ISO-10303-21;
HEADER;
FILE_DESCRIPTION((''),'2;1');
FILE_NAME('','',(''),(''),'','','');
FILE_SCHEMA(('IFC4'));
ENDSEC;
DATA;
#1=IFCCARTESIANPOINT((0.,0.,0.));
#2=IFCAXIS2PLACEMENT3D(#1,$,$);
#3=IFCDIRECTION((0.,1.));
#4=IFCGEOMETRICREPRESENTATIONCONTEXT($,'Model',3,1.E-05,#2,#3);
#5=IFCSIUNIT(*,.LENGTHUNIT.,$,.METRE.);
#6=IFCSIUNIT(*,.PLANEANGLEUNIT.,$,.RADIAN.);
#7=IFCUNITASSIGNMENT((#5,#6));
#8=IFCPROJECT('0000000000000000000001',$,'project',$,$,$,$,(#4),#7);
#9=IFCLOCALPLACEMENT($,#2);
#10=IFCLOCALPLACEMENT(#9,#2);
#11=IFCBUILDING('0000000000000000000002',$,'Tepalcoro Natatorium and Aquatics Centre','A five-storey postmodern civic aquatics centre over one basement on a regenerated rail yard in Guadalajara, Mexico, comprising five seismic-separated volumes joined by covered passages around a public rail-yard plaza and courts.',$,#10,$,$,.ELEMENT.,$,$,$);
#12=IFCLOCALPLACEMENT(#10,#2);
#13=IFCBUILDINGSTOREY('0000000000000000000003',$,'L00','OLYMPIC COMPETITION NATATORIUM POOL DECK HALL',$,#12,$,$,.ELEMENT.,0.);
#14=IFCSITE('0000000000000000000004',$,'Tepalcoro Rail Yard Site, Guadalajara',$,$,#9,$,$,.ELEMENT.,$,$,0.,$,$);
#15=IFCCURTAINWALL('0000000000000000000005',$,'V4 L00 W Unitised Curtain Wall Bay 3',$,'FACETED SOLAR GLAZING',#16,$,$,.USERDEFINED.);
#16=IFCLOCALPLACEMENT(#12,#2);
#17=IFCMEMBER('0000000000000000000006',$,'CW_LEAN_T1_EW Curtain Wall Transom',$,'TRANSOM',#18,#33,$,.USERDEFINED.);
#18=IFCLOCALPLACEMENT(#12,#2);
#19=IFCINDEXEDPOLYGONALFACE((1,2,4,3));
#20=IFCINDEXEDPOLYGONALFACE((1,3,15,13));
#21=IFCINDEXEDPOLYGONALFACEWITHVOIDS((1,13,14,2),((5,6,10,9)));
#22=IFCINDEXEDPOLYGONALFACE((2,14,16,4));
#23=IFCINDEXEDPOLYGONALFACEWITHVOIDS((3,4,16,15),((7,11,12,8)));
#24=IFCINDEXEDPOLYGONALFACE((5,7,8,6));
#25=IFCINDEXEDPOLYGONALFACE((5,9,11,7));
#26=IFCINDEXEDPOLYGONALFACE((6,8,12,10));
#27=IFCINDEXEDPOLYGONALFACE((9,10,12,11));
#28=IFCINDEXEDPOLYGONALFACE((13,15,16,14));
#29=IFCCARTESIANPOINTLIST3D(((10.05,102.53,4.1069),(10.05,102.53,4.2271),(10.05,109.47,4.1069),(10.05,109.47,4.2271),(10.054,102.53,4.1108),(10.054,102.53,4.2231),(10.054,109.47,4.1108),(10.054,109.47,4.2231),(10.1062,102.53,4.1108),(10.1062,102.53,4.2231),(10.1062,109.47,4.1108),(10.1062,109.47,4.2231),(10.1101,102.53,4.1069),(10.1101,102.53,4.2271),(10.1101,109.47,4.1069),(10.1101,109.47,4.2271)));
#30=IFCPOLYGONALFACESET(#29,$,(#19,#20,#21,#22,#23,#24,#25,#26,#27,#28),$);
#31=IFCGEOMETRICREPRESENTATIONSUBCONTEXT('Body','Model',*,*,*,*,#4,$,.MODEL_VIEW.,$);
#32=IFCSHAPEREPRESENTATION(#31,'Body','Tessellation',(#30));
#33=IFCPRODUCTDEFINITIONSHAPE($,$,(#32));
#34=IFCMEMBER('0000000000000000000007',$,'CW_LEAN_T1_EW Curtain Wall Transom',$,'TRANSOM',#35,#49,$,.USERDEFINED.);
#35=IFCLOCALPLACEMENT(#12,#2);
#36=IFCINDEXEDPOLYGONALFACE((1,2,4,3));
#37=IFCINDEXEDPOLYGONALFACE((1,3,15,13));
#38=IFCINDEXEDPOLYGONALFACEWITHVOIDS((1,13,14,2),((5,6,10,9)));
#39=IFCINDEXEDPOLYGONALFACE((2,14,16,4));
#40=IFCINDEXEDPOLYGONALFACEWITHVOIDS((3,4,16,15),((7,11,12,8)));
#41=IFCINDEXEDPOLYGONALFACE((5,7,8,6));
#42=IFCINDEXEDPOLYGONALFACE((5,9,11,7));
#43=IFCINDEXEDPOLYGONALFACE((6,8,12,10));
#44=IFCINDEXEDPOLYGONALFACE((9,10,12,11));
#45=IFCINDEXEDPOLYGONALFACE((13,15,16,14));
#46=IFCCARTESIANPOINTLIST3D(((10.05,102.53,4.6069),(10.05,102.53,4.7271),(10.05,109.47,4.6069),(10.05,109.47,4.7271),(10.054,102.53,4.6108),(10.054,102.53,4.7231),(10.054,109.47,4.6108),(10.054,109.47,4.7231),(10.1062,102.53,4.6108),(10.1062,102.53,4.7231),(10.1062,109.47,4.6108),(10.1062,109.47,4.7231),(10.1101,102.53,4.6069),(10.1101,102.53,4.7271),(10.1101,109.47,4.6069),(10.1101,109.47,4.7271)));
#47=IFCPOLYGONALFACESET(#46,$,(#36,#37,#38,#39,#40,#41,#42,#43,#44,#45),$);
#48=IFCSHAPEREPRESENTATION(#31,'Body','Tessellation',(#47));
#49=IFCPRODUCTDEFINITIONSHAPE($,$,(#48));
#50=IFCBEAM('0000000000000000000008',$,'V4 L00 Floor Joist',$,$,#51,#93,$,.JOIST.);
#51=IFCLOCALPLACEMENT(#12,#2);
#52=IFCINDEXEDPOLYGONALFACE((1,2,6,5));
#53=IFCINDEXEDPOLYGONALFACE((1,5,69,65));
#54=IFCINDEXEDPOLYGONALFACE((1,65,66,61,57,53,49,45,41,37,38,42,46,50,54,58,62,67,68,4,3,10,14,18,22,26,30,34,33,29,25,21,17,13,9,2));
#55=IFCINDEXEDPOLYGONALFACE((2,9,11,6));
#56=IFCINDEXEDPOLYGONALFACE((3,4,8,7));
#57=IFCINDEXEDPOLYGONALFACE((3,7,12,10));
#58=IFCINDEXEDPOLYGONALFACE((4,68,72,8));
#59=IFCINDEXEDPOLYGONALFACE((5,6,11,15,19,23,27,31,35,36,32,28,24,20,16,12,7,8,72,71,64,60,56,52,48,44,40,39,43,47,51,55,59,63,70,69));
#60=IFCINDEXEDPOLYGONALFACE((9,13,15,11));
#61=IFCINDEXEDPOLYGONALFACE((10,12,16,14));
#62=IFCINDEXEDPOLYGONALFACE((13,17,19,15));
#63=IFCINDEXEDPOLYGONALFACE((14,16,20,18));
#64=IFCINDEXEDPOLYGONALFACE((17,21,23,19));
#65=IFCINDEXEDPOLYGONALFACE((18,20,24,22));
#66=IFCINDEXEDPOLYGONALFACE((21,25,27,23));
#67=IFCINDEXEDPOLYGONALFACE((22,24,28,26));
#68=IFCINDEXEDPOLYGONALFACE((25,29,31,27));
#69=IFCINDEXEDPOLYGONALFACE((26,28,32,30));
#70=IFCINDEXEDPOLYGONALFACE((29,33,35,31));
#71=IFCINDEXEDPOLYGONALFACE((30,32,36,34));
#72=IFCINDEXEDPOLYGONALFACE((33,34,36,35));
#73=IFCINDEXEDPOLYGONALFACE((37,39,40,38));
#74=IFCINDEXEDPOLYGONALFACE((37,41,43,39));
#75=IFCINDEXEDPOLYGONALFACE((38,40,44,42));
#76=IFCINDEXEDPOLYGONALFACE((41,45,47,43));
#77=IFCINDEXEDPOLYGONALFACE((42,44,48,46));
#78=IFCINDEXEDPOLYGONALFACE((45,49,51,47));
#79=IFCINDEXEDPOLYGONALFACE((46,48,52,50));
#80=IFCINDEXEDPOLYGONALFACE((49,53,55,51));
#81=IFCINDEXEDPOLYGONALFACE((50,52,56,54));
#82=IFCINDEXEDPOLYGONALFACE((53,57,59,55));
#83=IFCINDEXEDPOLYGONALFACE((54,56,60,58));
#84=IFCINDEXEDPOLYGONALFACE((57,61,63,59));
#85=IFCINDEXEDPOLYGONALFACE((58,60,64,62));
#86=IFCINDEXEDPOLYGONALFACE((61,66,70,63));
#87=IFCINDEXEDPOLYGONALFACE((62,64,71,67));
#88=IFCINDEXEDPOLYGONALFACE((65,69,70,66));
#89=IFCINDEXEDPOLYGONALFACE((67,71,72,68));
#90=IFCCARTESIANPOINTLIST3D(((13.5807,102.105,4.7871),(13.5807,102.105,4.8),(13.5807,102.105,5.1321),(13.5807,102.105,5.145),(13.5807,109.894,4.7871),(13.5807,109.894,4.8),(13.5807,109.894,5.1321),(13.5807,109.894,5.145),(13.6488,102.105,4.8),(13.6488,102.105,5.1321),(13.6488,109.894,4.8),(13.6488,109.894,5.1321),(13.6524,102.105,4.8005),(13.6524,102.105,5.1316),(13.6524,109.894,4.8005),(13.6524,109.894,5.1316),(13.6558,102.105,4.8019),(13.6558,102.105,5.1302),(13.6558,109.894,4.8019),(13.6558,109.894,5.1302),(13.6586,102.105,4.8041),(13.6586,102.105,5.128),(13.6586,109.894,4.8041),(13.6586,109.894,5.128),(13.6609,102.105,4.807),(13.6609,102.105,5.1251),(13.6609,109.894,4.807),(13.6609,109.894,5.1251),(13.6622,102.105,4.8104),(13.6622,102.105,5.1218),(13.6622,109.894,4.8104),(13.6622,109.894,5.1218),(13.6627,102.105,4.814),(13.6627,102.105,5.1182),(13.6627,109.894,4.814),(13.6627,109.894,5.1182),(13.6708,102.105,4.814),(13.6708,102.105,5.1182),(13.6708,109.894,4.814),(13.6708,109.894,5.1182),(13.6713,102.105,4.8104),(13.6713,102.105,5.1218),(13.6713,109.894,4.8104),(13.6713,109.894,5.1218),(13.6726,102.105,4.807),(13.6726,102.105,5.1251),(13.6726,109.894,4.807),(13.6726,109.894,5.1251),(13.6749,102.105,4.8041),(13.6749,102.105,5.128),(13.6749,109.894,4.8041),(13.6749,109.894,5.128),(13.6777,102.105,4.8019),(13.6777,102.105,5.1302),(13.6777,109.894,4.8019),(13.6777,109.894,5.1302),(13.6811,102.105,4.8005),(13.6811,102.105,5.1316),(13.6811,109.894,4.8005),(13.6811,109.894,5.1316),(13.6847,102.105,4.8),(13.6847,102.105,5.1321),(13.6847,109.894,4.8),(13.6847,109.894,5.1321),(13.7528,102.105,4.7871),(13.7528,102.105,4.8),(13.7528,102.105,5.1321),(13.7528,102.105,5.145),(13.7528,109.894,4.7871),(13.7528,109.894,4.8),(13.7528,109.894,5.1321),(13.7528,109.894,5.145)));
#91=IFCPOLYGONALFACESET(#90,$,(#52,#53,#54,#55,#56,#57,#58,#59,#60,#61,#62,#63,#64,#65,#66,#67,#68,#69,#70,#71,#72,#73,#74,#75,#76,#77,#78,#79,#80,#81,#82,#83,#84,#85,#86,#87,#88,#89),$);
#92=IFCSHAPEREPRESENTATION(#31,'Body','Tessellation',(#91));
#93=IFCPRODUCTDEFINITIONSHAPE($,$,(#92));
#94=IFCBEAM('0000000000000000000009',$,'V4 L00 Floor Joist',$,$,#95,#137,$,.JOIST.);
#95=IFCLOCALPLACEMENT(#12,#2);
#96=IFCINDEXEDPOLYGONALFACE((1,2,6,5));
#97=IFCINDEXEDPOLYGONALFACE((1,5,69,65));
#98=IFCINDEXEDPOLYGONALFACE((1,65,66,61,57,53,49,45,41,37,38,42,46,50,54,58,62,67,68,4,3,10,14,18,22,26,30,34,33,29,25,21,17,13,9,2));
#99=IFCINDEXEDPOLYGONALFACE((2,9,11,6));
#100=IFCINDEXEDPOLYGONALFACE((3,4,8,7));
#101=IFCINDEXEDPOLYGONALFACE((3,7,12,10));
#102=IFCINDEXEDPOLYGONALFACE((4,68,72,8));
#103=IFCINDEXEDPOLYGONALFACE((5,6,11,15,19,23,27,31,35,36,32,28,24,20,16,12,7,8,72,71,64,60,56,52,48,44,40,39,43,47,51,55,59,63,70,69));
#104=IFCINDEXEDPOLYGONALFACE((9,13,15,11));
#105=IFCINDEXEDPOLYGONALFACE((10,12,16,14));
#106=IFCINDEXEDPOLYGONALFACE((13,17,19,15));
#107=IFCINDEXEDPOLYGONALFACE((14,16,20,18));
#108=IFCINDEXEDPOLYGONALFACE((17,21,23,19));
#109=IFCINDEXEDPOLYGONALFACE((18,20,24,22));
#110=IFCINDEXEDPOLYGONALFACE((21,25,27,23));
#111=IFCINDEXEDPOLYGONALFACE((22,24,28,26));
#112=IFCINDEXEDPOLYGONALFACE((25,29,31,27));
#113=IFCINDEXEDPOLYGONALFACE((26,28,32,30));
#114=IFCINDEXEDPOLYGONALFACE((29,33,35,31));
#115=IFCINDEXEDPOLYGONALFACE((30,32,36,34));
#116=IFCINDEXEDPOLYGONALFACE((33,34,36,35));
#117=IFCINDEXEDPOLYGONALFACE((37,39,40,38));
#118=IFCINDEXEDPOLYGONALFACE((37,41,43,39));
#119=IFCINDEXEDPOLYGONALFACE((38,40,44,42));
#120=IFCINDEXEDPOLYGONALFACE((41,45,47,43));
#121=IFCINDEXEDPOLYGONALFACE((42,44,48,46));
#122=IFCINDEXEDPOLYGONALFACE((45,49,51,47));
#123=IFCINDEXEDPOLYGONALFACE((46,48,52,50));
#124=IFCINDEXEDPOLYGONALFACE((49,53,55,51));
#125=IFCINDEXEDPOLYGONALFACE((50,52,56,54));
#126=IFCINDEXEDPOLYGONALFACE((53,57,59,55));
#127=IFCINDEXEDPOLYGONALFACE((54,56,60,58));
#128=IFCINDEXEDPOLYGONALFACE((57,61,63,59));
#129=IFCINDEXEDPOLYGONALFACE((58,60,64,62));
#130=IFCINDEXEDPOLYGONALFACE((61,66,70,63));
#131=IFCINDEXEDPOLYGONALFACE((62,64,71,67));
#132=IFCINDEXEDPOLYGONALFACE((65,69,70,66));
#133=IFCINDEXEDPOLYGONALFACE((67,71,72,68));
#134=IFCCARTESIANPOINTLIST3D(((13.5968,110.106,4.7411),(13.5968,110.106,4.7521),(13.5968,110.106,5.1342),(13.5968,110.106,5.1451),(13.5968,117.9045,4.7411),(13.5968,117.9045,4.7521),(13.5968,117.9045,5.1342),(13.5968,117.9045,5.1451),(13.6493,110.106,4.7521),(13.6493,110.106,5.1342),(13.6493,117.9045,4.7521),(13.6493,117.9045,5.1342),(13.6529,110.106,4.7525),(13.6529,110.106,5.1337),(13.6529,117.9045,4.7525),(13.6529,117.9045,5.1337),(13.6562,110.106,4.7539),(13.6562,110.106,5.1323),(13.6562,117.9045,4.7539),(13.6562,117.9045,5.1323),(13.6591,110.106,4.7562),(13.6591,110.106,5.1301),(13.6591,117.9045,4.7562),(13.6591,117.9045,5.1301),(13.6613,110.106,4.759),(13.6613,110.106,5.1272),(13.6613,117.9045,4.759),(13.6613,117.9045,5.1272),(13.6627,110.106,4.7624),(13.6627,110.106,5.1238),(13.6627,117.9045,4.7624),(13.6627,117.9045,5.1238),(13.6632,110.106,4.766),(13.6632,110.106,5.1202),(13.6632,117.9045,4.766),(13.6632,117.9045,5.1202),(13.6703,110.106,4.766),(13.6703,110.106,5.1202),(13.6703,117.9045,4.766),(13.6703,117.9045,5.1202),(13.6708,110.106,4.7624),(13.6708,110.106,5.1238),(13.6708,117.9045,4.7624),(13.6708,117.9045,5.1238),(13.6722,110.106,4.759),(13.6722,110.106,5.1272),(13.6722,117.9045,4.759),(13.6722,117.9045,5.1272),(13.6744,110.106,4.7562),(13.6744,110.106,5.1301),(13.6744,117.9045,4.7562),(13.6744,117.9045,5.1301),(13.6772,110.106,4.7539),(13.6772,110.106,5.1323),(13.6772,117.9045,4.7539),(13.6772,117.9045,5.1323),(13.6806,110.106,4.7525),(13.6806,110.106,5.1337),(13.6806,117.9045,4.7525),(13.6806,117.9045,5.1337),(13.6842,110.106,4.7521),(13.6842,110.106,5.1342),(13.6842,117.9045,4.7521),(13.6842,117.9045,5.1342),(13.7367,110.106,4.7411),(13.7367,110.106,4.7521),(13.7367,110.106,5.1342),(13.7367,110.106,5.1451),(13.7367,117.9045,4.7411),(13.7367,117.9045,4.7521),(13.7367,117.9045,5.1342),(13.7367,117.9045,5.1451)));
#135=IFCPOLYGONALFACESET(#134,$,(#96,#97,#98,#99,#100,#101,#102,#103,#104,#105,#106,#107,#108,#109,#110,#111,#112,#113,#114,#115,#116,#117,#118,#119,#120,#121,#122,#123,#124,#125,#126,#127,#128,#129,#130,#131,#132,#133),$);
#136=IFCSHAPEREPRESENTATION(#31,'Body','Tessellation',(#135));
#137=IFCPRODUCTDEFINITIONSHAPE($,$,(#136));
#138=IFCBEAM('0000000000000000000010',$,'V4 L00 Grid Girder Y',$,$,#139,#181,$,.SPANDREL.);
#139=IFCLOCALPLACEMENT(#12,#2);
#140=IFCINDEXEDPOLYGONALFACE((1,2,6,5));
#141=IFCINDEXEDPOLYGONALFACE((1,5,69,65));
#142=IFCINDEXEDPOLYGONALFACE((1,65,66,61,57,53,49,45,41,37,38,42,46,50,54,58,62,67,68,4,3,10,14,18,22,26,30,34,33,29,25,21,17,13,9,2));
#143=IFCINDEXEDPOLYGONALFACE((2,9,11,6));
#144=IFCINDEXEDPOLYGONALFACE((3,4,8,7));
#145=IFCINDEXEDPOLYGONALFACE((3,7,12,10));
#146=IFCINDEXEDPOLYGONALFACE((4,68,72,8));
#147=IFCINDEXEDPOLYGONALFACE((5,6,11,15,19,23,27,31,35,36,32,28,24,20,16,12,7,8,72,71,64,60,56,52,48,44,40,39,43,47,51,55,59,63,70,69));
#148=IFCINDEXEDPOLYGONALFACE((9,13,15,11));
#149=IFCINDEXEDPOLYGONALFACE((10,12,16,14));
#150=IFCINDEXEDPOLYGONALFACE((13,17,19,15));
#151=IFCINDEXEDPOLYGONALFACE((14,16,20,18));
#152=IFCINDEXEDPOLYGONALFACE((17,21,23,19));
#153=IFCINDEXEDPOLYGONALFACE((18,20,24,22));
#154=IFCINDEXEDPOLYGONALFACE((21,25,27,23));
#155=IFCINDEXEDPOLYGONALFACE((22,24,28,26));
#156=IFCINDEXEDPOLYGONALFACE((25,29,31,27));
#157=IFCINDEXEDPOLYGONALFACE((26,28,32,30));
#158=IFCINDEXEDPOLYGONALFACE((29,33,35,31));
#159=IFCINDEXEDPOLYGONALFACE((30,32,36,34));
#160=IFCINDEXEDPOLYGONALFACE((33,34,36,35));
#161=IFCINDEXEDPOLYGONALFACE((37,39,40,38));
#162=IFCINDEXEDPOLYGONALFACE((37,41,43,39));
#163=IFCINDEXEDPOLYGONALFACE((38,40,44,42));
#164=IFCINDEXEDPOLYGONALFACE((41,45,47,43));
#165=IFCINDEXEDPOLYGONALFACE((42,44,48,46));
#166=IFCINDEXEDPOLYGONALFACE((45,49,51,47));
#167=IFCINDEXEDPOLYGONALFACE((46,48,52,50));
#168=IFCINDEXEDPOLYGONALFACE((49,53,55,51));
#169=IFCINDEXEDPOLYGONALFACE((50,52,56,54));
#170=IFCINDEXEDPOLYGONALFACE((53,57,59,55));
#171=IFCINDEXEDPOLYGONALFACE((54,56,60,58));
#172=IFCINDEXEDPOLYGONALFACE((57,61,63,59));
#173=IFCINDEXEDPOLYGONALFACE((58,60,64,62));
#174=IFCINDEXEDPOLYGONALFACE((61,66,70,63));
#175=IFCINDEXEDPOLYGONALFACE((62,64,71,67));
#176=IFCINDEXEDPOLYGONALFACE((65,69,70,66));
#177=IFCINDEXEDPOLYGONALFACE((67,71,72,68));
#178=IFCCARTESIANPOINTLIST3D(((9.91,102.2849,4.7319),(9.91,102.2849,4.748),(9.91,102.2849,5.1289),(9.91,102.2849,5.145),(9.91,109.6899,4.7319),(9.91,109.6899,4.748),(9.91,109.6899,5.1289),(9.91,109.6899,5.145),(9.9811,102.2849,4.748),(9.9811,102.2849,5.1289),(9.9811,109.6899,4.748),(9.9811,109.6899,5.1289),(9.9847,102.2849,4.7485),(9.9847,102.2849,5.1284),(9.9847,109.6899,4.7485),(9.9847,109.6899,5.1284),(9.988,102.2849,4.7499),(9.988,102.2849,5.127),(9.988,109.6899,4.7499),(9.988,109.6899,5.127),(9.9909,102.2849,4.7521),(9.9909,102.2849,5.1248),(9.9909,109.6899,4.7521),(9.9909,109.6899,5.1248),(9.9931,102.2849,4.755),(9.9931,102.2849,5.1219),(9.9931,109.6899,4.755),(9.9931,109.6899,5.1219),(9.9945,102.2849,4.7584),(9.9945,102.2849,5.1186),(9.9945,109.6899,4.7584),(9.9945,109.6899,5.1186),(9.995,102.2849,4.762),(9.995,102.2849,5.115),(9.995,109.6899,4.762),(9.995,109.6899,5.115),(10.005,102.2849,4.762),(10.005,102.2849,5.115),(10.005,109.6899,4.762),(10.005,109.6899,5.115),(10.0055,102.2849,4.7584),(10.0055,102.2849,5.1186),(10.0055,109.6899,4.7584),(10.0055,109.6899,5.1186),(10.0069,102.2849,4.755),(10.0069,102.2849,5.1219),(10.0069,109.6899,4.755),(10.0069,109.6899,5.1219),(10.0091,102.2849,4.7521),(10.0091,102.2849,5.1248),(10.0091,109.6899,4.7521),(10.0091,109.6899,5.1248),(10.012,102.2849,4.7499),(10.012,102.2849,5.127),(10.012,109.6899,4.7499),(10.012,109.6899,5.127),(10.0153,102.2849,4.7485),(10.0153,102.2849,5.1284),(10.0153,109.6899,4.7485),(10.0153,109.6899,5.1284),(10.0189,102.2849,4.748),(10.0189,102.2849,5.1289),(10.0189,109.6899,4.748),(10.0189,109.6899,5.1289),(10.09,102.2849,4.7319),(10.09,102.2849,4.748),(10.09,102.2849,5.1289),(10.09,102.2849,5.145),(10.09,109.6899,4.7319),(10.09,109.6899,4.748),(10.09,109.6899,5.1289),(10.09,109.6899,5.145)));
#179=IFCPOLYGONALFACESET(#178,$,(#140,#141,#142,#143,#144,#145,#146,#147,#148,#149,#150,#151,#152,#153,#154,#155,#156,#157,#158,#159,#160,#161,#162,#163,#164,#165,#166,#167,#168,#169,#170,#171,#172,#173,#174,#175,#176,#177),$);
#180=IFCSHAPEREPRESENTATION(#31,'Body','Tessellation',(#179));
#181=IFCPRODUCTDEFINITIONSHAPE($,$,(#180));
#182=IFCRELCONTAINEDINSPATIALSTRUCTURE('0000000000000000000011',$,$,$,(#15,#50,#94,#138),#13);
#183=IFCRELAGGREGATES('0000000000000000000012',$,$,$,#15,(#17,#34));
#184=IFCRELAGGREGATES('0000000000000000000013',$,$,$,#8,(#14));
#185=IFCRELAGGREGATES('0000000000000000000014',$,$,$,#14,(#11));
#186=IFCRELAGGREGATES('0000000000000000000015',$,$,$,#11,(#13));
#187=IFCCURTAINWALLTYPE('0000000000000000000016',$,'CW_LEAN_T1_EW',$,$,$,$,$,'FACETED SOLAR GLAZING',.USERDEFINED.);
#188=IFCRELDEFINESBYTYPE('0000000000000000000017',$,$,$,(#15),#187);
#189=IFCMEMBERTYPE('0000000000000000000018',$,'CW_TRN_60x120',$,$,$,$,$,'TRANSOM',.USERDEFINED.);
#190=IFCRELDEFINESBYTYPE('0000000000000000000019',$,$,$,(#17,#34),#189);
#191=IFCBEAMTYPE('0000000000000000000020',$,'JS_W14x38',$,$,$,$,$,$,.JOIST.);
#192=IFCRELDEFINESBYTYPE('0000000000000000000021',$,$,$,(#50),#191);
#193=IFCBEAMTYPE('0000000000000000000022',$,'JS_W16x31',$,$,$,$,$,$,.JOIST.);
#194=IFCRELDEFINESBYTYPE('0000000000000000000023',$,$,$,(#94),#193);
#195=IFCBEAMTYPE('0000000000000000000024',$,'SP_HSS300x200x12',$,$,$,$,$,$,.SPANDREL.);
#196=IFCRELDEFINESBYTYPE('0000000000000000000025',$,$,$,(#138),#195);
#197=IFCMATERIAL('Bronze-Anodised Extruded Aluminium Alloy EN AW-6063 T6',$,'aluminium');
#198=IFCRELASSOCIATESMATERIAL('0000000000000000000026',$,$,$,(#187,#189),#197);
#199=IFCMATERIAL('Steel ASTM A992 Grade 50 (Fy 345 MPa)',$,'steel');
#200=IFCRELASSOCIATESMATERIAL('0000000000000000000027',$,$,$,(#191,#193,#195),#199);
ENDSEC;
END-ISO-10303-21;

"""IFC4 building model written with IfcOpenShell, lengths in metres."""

from ifc_helpers import new_model, si_unit, direction, frame, origin, origin_2d, place, context, subcontext, project, spatial, hollow_rectangle, i_section, extrude, material, material_profile, profile_set, type_object, element, aggregate, save


model = new_model("IFC4")

# Units and contexts
model_context = context("Model", 3, precision=1e-05, world=origin(), true_north=direction((0.0, 1.0)))
body_context = subcontext(model_context, "Body", "Model", "MODEL_VIEW")
ifc_project = project(units=[si_unit("LENGTHUNIT", "METRE"), si_unit("PLANEANGLEUNIT", "RADIAN")], contexts=[model_context])

# Site, building, storey
site_placement = place(None, origin())
site = spatial("IfcSite", under=ifc_project, at=site_placement, Name="Tepalcoro Rail Yard Site, Guadalajara", CompositionType="ELEMENT", RefElevation=0.0)
building_placement = place(site_placement, origin())
building = spatial("IfcBuilding", under=site, at=building_placement, Name="Tepalcoro Natatorium and Aquatics Centre", Description="A five-storey postmodern civic aquatics centre over one basement on a regenerated rail yard in Guadalajara, Mexico, comprising five seismic-separated volumes joined by covered passages around a public rail-yard plaza and courts.", CompositionType="ELEMENT")
storey_placement = place(building_placement, origin())
storey = spatial("IfcBuildingStorey", under=building, at=storey_placement, Name="L00", Description="OLYMPIC COMPETITION NATATORIUM POOL DECK HALL", CompositionType="ELEMENT", Elevation=0.0)

# Shared definitions
ifc_material_1 = material(Name="Steel ASTM A992 Grade 50 (Fy 345 MPa)", Category="steel")

# Curtain wall, members
ifc_material_2 = material(Name="Bronze-Anodised Extruded Aluminium Alloy EN AW-6063 T6", Category="aluminium")
curtain_wall_type = type_object("IfcCurtainWallType", Name="CW_LEAN_T1_EW", ElementType="FACETED SOLAR GLAZING", PredefinedType="USERDEFINED", material=ifc_material_2)
curtain_wall_placement = place(storey_placement, origin())
curtain_wall = element("IfcCurtainWall", 1, at=curtain_wall_placement, inside=storey, type_object=curtain_wall_type, Name="V4 L00 W Unitised Curtain Wall Bay 3", ObjectType="FACETED SOLAR GLAZING", PredefinedType="USERDEFINED")
ifc_material_profile_1 = material_profile(ifc_material_2, hollow_rectangle(XDim=0.0601, YDim=0.1201, WallThickness=0.0039, at=origin_2d()), Name="AL60X120X4")
ifc_profile_set_1 = profile_set([ifc_material_profile_1], Name="Bronze-Anodised Extruded Aluminium Alloy EN AW-6063 T6")
member_type_1 = type_object("IfcMemberType", Name="CW_TRN_60x120", ElementType="TRANSOM", PredefinedType="USERDEFINED", material=ifc_profile_set_1)
member_1_placement = place(storey_placement, frame((10.0801, 102.53, 4.167), z_axis=(0.0, 1.0, 0.0), x_axis=(-1.0, 0.0, 0.0)))
member_1 = element("IfcMember", 2, at=member_1_placement, type_object=member_type_1, Name="CW_LEAN_T1_EW Curtain Wall Transom", ObjectType="TRANSOM", PredefinedType="USERDEFINED", context=body_context, shape_type="SweptSolid", body=[
    extrude(hollow_rectangle(XDim=0.0601, YDim=0.1201, WallThickness=0.0039, at=origin_2d()), origin(), (0.0, 0.0, 1.0), 6.9399),
])
member_2_placement = place(storey_placement, frame((10.0801, 102.53, 4.667), z_axis=(0.0, 1.0, 0.0), x_axis=(-1.0, 0.0, 0.0)))
member_2 = element("IfcMember", 3, at=member_2_placement, type_object=member_type_1, Name="CW_LEAN_T1_EW Curtain Wall Transom", ObjectType="TRANSOM", PredefinedType="USERDEFINED", context=body_context, shape_type="SweptSolid", body=[
    extrude(hollow_rectangle(XDim=0.0601, YDim=0.1201, WallThickness=0.0039, at=origin_2d()), origin(), (0.0, 0.0, 1.0), 6.9399),
])

# Beams
ifc_material_profile_2 = material_profile(ifc_material_1, i_section(OverallWidth=0.1721, OverallDepth=0.3579, WebThickness=0.0081, FlangeThickness=0.0129, FilletRadius=0.0139, at=origin_2d()), Name="W14X38")
ifc_profile_set_2 = profile_set([ifc_material_profile_2], Name="Steel ASTM A992 Grade 50 (Fy 345 MPa)")
beam_type_1 = type_object("IfcBeamType", Name="JS_W14x38", PredefinedType="JOIST", material=ifc_profile_set_2)
beam_1_placement = place(storey_placement, frame((13.6667, 102.105, 4.9661), z_axis=(0.0, 1.0, 0.0), x_axis=(-1.0, 0.0, 0.0)))
element("IfcBeam", 4, at=beam_1_placement, inside=storey, type_object=beam_type_1, Name="V4 L00 Floor Joist", PredefinedType="JOIST", context=body_context, shape_type="SweptSolid", body=[
    extrude(i_section(OverallWidth=0.1721, OverallDepth=0.3579, WebThickness=0.0081, FlangeThickness=0.0129, FilletRadius=0.0139, at=origin_2d()), origin(), (0.0, 0.0, 1.0), 7.7891),
])
ifc_material_profile_3 = material_profile(ifc_material_1, i_section(OverallWidth=0.1399, OverallDepth=0.4041, WebThickness=0.0071, FlangeThickness=0.011, FilletRadius=0.0139, at=origin_2d()), Name="W16X31")
ifc_profile_set_3 = profile_set([ifc_material_profile_3], Name="Steel ASTM A992 Grade 50 (Fy 345 MPa)")
beam_type_2 = type_object("IfcBeamType", Name="JS_W16x31", PredefinedType="JOIST", material=ifc_profile_set_3)
beam_2_placement = place(storey_placement, frame((13.6667, 110.106, 4.9431), z_axis=(0.0, 1.0, 0.0), x_axis=(-1.0, 0.0, 0.0)))
element("IfcBeam", 5, at=beam_2_placement, inside=storey, type_object=beam_type_2, Name="V4 L00 Floor Joist", PredefinedType="JOIST", context=body_context, shape_type="SweptSolid", body=[
    extrude(i_section(OverallWidth=0.1399, OverallDepth=0.4041, WebThickness=0.0071, FlangeThickness=0.011, FilletRadius=0.0139, at=origin_2d()), origin(), (0.0, 0.0, 1.0), 7.7986),
])
ifc_material_profile_4 = material_profile(ifc_material_1, i_section(OverallWidth=0.1799, OverallDepth=0.4131, WebThickness=0.01, FlangeThickness=0.0161, FilletRadius=0.0139, at=origin_2d()), Name="W16X50")
ifc_profile_set_4 = profile_set([ifc_material_profile_4], Name="Steel ASTM A992 Grade 50 (Fy 345 MPa)")
beam_type_3 = type_object("IfcBeamType", Name="SP_HSS300x200x12", PredefinedType="SPANDREL", material=ifc_profile_set_4)
beam_3_placement = place(storey_placement, frame((10.0, 102.2849, 4.9385), z_axis=(0.0, 1.0, 0.0), x_axis=(-1.0, 0.0, 0.0)))
element("IfcBeam", 6, at=beam_3_placement, inside=storey, type_object=beam_type_3, Name="V4 L00 Grid Girder Y", PredefinedType="SPANDREL", context=body_context, shape_type="SweptSolid", body=[
    extrude(i_section(OverallWidth=0.1799, OverallDepth=0.4131, WebThickness=0.01, FlangeThickness=0.0161, FilletRadius=0.0139, at=origin_2d()), origin(), (0.0, 0.0, 1.0), 7.405),
])

aggregate(curtain_wall, [member_1, member_2])

save(model, "model.ifc")
